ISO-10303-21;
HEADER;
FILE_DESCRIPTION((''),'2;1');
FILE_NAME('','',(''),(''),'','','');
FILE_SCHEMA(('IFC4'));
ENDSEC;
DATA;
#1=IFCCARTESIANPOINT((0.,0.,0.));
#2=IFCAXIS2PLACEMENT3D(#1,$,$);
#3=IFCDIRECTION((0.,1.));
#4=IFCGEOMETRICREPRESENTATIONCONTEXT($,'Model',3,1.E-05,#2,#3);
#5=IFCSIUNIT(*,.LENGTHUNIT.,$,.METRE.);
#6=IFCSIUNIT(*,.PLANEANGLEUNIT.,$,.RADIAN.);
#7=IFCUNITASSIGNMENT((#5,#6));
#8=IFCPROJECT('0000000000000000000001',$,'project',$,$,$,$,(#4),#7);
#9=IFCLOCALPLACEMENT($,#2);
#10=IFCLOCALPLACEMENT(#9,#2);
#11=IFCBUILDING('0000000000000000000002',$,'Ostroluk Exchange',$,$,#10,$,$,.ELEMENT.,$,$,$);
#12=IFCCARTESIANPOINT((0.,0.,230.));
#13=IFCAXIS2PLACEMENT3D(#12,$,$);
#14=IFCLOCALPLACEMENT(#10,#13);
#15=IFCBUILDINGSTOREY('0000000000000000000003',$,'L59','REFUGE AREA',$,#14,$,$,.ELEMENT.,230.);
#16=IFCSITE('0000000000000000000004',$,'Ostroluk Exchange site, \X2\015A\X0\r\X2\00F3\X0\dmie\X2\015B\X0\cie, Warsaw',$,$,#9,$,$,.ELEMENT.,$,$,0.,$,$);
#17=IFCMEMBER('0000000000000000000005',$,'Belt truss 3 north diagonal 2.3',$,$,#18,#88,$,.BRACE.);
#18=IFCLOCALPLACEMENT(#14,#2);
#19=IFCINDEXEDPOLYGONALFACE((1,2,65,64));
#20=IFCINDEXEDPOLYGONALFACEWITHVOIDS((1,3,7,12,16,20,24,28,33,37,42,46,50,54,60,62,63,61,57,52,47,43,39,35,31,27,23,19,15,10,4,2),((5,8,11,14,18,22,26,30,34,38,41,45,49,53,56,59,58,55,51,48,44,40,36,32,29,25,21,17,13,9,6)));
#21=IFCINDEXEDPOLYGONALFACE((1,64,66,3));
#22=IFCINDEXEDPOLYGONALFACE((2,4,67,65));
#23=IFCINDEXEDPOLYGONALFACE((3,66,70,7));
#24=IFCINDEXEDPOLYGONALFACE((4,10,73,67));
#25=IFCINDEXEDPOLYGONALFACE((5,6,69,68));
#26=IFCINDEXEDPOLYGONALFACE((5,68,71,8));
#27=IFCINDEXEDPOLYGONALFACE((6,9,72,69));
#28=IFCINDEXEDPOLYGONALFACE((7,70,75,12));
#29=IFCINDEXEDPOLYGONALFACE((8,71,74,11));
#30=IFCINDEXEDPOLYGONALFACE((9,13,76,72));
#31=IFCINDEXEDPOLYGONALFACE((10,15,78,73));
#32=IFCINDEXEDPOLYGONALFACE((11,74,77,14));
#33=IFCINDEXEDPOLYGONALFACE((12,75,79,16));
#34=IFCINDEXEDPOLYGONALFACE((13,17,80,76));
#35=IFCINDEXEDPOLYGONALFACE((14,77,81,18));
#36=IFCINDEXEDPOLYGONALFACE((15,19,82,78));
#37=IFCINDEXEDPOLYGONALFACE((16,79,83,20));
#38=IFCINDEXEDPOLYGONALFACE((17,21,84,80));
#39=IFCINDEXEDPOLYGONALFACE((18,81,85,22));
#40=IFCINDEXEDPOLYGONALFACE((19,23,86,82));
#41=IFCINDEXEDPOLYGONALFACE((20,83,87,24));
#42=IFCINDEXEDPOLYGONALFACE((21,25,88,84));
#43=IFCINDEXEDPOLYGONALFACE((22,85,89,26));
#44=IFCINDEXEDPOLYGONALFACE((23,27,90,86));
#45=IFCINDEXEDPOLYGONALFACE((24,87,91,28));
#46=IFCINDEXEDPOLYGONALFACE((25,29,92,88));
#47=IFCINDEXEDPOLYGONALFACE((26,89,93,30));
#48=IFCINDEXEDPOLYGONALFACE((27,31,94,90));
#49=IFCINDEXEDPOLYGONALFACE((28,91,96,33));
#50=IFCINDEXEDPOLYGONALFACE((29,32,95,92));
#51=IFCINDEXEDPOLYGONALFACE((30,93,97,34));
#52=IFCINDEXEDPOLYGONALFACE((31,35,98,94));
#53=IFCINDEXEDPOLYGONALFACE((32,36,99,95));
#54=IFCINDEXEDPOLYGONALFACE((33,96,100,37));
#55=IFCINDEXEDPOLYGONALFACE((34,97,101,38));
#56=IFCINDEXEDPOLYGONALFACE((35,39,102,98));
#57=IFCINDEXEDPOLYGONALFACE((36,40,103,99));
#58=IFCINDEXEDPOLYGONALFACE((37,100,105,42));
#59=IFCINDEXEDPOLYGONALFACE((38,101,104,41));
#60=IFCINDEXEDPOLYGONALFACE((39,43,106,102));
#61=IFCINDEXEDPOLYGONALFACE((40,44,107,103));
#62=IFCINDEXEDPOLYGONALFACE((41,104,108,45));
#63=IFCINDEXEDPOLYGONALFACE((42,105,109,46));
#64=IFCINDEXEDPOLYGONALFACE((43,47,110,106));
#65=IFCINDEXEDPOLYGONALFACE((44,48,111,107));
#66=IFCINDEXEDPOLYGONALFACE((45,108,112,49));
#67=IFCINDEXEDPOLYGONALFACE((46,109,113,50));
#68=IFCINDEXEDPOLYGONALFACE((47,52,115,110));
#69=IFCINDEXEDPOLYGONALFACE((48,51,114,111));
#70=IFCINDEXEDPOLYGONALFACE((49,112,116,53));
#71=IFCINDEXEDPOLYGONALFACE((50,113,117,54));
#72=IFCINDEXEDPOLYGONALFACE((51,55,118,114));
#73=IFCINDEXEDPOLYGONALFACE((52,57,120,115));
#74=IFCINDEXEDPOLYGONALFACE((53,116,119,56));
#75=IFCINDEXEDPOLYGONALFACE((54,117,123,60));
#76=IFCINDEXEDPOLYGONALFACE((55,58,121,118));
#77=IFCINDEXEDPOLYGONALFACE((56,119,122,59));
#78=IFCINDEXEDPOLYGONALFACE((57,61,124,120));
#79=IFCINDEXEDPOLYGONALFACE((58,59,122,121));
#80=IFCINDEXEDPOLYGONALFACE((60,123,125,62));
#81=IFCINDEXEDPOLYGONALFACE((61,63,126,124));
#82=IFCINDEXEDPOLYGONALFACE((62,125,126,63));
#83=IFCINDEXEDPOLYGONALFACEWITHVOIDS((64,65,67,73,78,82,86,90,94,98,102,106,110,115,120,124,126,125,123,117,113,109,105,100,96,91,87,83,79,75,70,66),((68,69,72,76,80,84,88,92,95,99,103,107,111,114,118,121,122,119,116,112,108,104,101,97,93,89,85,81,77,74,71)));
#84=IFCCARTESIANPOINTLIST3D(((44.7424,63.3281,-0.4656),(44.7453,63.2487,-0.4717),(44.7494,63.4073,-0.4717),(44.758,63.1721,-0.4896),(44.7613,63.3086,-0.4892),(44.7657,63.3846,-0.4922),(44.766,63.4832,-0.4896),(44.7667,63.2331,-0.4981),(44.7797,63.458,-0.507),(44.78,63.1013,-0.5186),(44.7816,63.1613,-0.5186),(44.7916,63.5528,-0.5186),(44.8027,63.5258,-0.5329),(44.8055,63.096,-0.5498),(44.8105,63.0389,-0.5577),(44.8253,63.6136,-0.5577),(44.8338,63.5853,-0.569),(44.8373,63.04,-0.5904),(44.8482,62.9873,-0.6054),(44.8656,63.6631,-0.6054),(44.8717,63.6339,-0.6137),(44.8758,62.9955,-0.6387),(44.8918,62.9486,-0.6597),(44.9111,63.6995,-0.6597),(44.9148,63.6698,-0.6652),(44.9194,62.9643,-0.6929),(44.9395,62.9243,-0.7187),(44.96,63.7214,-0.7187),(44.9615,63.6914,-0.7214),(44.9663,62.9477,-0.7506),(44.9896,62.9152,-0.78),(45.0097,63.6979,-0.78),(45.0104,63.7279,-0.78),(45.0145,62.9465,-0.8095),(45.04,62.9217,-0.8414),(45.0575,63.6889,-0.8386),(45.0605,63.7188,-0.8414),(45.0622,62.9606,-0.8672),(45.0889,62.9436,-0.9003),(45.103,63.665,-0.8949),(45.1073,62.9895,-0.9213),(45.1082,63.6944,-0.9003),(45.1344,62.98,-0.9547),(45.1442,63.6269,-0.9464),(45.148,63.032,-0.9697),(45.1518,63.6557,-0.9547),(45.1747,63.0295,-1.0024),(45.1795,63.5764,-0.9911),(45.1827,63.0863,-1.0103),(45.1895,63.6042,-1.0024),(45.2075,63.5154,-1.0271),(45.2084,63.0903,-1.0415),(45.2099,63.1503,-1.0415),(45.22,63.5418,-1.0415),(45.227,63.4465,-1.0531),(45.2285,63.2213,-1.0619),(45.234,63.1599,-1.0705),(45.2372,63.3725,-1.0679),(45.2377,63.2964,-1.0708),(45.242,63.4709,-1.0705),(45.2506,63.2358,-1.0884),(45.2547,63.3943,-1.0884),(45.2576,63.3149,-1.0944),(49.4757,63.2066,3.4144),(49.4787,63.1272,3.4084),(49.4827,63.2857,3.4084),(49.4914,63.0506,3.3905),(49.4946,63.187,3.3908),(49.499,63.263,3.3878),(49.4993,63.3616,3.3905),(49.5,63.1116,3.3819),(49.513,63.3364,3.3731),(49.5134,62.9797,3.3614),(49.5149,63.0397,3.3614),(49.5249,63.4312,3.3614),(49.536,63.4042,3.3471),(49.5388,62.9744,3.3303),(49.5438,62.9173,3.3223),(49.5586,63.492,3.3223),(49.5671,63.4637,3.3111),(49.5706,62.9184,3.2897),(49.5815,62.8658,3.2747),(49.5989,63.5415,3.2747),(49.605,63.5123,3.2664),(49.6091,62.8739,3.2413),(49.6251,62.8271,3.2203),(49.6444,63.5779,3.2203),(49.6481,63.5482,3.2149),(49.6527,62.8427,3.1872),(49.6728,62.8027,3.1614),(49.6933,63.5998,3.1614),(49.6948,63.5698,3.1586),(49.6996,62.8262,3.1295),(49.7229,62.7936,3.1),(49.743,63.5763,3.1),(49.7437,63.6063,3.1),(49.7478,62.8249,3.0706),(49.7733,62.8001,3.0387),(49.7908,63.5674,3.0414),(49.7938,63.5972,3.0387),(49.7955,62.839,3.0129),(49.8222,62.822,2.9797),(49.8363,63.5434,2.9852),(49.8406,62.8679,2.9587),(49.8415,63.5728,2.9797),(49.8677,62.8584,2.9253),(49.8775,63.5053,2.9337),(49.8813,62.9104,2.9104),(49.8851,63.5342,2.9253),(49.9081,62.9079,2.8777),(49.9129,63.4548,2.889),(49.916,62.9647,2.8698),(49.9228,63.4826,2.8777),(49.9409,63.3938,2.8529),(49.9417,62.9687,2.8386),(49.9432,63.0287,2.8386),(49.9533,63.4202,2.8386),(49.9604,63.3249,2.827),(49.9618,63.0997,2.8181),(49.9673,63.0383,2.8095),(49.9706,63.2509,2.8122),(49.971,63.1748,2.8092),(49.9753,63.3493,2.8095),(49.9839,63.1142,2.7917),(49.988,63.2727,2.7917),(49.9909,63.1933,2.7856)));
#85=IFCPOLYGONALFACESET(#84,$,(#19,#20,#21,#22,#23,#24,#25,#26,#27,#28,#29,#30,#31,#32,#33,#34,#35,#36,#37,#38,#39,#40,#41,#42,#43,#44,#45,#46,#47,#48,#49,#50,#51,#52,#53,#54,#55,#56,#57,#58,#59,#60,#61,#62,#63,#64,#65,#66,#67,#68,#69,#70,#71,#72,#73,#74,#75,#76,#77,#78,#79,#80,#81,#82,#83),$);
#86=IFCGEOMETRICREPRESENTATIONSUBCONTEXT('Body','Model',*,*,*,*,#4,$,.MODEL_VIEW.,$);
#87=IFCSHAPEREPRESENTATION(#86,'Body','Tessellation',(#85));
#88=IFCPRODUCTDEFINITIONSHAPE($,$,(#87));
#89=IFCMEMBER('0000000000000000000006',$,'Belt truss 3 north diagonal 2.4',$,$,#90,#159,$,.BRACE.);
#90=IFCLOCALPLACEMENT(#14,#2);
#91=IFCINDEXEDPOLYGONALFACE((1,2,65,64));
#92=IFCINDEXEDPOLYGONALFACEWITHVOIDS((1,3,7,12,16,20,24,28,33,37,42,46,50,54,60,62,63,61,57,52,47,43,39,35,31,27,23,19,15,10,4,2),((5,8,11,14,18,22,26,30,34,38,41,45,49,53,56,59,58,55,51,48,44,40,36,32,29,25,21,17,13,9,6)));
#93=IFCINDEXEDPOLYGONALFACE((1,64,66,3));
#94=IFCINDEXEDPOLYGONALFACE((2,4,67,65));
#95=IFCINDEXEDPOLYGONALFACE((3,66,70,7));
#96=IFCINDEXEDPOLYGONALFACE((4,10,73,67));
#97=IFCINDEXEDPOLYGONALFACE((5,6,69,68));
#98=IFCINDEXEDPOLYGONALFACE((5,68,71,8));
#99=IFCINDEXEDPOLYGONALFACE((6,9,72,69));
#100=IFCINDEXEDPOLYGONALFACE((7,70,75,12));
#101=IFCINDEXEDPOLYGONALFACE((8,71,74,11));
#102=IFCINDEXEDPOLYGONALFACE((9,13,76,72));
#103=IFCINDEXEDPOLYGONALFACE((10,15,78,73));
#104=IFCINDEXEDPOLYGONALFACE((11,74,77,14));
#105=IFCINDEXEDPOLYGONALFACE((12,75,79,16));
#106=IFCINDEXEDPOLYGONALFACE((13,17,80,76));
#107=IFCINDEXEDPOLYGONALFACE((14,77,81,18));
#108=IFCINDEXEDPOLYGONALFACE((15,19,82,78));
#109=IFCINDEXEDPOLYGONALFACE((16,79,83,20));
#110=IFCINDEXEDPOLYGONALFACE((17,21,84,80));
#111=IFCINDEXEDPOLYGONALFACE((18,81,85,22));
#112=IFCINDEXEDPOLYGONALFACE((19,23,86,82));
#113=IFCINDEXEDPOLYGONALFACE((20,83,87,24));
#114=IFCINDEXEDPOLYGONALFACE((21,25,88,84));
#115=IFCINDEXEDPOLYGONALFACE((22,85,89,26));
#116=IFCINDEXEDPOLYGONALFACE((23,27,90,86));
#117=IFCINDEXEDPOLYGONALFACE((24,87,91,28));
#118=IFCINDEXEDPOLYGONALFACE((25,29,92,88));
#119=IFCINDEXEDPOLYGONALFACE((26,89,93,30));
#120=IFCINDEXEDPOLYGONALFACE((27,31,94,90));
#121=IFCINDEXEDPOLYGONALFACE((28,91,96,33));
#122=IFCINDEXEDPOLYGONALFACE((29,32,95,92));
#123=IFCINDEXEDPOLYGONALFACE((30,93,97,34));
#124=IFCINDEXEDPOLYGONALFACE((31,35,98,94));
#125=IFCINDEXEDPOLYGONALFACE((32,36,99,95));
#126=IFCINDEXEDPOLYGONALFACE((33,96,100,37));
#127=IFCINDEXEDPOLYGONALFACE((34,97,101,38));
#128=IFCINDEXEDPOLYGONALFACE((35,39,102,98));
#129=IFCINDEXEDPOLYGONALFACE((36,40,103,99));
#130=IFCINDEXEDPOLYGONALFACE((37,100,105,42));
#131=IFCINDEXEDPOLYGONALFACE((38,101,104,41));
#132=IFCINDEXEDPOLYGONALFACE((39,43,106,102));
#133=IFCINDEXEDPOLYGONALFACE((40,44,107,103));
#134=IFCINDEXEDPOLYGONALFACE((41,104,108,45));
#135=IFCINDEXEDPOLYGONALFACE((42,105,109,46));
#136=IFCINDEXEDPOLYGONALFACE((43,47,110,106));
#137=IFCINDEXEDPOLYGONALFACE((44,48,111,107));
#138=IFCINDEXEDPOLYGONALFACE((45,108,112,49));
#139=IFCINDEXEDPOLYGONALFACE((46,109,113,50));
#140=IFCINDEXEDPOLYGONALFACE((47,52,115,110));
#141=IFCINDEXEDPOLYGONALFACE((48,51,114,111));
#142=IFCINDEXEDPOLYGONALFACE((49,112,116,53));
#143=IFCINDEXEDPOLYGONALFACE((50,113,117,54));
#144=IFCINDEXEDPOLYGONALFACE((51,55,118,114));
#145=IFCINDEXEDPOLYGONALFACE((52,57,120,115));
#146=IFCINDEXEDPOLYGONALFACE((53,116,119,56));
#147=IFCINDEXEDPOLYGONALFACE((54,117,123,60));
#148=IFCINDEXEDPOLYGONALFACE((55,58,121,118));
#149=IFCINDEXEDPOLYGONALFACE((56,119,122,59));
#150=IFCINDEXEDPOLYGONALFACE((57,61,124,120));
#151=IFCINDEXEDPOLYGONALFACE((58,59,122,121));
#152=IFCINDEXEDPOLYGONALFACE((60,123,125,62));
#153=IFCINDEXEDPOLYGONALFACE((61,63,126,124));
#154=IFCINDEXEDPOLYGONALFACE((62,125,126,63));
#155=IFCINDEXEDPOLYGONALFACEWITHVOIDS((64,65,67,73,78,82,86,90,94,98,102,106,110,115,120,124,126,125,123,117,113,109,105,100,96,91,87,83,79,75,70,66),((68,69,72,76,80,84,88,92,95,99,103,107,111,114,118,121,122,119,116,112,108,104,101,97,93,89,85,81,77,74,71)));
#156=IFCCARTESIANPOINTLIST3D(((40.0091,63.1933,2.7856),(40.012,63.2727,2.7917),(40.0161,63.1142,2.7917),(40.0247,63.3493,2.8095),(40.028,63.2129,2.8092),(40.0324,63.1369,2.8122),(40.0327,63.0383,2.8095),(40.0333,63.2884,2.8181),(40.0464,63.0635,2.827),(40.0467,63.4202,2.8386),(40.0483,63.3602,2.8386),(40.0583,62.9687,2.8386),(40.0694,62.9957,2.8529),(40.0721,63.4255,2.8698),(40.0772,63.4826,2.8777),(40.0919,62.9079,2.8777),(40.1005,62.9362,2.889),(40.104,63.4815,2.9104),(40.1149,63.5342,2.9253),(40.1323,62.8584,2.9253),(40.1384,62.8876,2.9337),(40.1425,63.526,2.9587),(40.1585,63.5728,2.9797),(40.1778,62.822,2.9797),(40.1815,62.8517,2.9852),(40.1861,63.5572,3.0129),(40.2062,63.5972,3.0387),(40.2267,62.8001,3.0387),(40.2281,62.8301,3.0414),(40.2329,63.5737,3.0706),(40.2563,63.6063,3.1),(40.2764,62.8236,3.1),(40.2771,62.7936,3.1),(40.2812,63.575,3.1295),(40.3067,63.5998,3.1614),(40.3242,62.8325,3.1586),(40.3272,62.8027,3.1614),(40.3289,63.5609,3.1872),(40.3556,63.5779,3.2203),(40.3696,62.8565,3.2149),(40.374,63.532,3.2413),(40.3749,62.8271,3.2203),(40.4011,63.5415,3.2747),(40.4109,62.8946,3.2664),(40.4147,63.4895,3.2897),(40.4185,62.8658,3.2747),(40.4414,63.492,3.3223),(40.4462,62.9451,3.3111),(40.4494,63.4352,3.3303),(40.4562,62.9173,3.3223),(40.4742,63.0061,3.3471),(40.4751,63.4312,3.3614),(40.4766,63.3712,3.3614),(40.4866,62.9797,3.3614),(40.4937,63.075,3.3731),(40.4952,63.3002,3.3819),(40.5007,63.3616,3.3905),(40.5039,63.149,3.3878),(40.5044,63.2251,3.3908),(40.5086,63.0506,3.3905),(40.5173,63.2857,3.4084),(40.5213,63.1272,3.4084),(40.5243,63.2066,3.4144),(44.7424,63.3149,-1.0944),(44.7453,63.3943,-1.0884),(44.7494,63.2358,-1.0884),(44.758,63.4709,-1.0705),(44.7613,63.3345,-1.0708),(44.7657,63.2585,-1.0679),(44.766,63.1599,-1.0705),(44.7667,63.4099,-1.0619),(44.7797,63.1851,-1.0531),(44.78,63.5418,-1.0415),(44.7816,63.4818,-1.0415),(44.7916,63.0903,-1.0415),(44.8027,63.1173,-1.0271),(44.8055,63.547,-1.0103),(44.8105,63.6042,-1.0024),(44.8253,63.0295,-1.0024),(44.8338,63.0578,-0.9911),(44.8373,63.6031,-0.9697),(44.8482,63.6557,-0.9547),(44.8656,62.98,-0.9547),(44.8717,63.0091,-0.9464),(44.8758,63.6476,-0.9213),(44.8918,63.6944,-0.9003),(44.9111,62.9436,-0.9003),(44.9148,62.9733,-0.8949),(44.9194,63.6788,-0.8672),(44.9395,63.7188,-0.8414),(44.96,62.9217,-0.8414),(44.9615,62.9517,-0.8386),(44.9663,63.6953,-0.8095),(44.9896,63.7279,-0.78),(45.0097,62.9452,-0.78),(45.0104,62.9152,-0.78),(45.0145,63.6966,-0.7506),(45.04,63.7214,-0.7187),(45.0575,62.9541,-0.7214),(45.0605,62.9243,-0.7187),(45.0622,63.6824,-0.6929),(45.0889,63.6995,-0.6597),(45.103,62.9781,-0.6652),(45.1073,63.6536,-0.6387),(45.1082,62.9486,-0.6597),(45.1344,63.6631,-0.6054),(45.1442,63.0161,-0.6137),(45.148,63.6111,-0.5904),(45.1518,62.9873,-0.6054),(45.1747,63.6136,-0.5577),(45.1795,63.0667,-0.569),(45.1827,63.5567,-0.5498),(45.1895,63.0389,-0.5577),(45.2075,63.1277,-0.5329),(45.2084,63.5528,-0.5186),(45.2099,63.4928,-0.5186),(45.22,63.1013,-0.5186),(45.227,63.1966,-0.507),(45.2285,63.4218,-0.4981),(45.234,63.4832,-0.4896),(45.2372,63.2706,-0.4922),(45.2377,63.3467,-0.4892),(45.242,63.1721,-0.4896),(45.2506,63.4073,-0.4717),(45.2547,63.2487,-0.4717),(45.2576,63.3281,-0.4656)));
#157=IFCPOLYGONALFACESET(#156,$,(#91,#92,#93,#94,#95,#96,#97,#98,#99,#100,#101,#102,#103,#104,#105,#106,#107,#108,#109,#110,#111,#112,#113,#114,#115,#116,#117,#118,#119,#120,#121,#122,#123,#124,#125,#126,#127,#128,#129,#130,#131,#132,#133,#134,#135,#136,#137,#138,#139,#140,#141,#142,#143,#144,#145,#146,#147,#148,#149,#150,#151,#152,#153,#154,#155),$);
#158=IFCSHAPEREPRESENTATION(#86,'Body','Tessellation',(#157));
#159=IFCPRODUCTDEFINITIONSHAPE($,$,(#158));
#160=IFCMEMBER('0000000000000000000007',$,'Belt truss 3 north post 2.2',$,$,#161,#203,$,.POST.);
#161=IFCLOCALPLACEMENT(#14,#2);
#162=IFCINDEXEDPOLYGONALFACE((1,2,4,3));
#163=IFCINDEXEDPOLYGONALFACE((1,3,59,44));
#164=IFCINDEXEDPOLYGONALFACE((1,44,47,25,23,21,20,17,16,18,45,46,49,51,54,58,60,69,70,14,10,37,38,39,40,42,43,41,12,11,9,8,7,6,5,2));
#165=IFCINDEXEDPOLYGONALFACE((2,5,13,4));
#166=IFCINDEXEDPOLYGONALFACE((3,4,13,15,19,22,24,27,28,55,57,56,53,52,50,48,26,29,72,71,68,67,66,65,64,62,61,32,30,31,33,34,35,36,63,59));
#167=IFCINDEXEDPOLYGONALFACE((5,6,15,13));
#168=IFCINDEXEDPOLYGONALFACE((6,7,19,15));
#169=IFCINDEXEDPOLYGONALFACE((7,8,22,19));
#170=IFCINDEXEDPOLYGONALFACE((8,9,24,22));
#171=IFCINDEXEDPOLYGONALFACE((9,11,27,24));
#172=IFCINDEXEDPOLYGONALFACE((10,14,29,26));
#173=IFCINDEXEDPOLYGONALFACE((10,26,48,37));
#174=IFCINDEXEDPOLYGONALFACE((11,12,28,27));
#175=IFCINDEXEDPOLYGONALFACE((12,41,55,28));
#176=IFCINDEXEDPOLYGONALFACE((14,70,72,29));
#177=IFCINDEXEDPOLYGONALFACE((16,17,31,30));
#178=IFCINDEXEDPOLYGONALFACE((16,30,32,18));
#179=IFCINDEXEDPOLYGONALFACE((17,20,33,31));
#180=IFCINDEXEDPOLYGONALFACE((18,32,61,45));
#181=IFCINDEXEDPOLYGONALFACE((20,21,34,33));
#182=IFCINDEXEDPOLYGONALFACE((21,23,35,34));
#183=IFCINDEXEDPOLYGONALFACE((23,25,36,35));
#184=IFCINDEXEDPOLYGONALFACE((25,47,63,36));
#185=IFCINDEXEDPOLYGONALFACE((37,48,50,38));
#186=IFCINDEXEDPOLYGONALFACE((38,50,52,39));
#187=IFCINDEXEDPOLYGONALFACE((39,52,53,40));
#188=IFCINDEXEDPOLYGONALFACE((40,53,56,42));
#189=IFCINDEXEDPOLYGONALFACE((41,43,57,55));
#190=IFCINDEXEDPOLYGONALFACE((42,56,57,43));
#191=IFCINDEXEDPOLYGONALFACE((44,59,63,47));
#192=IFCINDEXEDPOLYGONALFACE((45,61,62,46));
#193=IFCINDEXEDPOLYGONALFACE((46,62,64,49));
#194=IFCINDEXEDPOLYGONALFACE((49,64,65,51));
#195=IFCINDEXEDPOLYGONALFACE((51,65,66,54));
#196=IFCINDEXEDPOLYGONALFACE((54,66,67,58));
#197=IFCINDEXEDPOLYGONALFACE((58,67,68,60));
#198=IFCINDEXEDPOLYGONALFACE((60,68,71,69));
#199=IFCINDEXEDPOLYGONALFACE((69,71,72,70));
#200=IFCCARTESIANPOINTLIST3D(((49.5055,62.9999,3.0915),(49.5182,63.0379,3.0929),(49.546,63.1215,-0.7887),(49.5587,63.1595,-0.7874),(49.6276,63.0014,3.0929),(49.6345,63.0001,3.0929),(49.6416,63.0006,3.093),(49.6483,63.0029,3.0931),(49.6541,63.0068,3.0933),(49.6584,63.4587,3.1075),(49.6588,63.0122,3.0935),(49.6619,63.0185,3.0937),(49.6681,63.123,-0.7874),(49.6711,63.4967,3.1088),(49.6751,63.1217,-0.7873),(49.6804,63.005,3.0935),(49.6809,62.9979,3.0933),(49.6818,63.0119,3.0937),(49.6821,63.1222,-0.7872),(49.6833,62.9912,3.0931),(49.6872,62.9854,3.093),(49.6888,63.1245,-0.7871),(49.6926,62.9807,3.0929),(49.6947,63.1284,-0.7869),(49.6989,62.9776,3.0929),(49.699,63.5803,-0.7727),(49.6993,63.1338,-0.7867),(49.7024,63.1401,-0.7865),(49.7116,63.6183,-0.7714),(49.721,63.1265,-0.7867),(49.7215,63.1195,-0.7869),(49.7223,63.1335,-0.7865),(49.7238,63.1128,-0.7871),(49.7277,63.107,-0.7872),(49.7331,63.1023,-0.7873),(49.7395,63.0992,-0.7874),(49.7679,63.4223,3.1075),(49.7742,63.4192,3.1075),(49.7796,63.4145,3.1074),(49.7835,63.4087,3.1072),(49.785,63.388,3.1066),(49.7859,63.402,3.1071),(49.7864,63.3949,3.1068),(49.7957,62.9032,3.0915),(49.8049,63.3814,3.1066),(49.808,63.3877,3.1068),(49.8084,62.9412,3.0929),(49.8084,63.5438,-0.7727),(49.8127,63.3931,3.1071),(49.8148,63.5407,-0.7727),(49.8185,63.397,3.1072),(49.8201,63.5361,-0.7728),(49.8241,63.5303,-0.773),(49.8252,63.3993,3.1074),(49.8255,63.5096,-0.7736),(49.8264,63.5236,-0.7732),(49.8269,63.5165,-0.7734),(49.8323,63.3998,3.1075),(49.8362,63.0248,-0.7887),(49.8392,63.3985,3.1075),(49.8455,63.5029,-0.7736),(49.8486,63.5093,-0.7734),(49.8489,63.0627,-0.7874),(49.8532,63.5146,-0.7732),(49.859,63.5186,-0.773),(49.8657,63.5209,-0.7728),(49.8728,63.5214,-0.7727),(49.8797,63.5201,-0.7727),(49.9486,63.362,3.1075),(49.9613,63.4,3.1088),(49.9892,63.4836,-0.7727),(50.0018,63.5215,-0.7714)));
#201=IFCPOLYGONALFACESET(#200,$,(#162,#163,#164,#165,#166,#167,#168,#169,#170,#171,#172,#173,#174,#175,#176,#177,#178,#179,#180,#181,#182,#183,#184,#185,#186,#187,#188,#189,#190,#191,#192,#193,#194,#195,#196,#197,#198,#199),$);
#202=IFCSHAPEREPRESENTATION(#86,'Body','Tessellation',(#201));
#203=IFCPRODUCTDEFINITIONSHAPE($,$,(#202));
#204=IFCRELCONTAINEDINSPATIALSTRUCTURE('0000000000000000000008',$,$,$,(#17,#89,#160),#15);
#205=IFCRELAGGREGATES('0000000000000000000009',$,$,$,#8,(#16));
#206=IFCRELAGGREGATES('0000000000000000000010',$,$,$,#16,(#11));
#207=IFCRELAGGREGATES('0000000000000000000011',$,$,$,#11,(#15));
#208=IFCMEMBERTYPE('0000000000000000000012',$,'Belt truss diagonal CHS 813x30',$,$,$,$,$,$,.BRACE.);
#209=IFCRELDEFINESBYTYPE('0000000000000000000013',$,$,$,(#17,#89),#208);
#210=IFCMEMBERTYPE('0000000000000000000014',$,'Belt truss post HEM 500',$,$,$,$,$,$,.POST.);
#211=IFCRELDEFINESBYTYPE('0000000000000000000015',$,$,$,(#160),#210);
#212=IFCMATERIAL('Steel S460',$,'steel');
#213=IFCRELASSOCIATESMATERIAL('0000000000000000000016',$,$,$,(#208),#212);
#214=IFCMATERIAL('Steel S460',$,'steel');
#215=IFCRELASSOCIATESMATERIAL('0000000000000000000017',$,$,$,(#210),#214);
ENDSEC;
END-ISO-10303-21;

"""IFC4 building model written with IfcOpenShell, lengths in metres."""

from ifc_helpers import new_model, si_unit, direction, frame, origin, origin_2d, place, context, subcontext, project, spatial, hollow_circle, i_section, extrude, material, material_profile, profile_set, type_object, element, save


model = new_model("IFC4")

# Units and contexts
model_context = context("Model", 3, precision=1e-05, world=origin(), true_north=direction((0.0, 1.0)))
body_context = subcontext(model_context, "Body", "Model", "MODEL_VIEW")
ifc_project = project(units=[si_unit("LENGTHUNIT", "METRE"), si_unit("PLANEANGLEUNIT", "RADIAN")], contexts=[model_context])

# Site, building, storey
site_placement = place(None, origin())
site = spatial("IfcSite", under=ifc_project, at=site_placement, Name="Ostroluk Exchange site, Śródmieście, Warsaw", CompositionType="ELEMENT", RefElevation=0.0)
building_placement = place(site_placement, origin())
building = spatial("IfcBuilding", under=site, at=building_placement, Name="Ostroluk Exchange", CompositionType="ELEMENT")
storey_placement = place(building_placement, frame((0.0, 0.0, 230.0)))
storey = spatial("IfcBuildingStorey", under=building, at=storey_placement, Name="L59", Description="REFUGE AREA", CompositionType="ELEMENT", Elevation=230.0)

# Members
ifc_material_1 = material(Name="Steel S460", Category="steel")
ifc_material_profile_1 = material_profile(ifc_material_1, hollow_circle(Radius=0.4065, WallThickness=0.03, at=origin_2d()), Name="CHS 813x30")
ifc_profile_set_1 = profile_set([ifc_material_profile_1], Name="Steel S460")
member_type_1 = type_object("IfcMemberType", Name="Belt truss diagonal CHS 813x30", PredefinedType="BRACE", material=ifc_profile_set_1)
for number, where, z_axis, x_axis, name in (
    (1, (45.0, 63.3215, -0.78), (0.773216, -0.019861, 0.633831), (0.025678, 0.99967, 0.0), "Belt truss 3 north diagonal 2.3"),
    (2, (45.0, 63.3215, -0.78), (-0.773216, -0.019861, 0.633831), (0.025678, -0.99967, 0.0), "Belt truss 3 north diagonal 2.4"),
):
    element("IfcMember", number, at=place(storey_placement, frame(where, z_axis=z_axis, x_axis=x_axis)), inside=storey, type_object=member_type_1, Name=name, PredefinedType="BRACE", context=body_context, shape_type="SweptSolid", body=[
        extrude(hollow_circle(Radius=0.4065, WallThickness=0.03, at=origin_2d()), origin(), (0.0, 0.0, 1.0), 6.1216),
    ])
ifc_material_2 = material(Name="Steel S460", Category="steel")
ifc_material_profile_2 = material_profile(ifc_material_2, i_section(OverallWidth=0.3059, OverallDepth=0.5239, WebThickness=0.021, FlangeThickness=0.04, FilletRadius=0.0271, at=origin_2d()), Name="HEM 500")
ifc_profile_set_2 = profile_set([ifc_material_profile_2], Name="Steel S460")
member_type_2 = type_object("IfcMemberType", Name="Belt truss post HEM 500", PredefinedType="POST", material=ifc_profile_set_2)
member_1_placement = place(storey_placement, frame((49.7739, 63.3215, -0.78), z_axis=(-0.010439, -0.031317, 0.999455), x_axis=(0.948683, -0.316228, 0.0)))
element("IfcMember", 3, at=member_1_placement, inside=storey, type_object=member_type_2, Name="Belt truss 3 north post 2.2", PredefinedType="POST", context=body_context, shape_type="SweptSolid", body=[
    extrude(i_section(OverallWidth=0.3059, OverallDepth=0.5239, WebThickness=0.021, FlangeThickness=0.04, FilletRadius=0.0271, at=origin_2d()), origin(), (0.0, 0.0, 1.0), 3.8823),
])

save(model, "model.ifc")
